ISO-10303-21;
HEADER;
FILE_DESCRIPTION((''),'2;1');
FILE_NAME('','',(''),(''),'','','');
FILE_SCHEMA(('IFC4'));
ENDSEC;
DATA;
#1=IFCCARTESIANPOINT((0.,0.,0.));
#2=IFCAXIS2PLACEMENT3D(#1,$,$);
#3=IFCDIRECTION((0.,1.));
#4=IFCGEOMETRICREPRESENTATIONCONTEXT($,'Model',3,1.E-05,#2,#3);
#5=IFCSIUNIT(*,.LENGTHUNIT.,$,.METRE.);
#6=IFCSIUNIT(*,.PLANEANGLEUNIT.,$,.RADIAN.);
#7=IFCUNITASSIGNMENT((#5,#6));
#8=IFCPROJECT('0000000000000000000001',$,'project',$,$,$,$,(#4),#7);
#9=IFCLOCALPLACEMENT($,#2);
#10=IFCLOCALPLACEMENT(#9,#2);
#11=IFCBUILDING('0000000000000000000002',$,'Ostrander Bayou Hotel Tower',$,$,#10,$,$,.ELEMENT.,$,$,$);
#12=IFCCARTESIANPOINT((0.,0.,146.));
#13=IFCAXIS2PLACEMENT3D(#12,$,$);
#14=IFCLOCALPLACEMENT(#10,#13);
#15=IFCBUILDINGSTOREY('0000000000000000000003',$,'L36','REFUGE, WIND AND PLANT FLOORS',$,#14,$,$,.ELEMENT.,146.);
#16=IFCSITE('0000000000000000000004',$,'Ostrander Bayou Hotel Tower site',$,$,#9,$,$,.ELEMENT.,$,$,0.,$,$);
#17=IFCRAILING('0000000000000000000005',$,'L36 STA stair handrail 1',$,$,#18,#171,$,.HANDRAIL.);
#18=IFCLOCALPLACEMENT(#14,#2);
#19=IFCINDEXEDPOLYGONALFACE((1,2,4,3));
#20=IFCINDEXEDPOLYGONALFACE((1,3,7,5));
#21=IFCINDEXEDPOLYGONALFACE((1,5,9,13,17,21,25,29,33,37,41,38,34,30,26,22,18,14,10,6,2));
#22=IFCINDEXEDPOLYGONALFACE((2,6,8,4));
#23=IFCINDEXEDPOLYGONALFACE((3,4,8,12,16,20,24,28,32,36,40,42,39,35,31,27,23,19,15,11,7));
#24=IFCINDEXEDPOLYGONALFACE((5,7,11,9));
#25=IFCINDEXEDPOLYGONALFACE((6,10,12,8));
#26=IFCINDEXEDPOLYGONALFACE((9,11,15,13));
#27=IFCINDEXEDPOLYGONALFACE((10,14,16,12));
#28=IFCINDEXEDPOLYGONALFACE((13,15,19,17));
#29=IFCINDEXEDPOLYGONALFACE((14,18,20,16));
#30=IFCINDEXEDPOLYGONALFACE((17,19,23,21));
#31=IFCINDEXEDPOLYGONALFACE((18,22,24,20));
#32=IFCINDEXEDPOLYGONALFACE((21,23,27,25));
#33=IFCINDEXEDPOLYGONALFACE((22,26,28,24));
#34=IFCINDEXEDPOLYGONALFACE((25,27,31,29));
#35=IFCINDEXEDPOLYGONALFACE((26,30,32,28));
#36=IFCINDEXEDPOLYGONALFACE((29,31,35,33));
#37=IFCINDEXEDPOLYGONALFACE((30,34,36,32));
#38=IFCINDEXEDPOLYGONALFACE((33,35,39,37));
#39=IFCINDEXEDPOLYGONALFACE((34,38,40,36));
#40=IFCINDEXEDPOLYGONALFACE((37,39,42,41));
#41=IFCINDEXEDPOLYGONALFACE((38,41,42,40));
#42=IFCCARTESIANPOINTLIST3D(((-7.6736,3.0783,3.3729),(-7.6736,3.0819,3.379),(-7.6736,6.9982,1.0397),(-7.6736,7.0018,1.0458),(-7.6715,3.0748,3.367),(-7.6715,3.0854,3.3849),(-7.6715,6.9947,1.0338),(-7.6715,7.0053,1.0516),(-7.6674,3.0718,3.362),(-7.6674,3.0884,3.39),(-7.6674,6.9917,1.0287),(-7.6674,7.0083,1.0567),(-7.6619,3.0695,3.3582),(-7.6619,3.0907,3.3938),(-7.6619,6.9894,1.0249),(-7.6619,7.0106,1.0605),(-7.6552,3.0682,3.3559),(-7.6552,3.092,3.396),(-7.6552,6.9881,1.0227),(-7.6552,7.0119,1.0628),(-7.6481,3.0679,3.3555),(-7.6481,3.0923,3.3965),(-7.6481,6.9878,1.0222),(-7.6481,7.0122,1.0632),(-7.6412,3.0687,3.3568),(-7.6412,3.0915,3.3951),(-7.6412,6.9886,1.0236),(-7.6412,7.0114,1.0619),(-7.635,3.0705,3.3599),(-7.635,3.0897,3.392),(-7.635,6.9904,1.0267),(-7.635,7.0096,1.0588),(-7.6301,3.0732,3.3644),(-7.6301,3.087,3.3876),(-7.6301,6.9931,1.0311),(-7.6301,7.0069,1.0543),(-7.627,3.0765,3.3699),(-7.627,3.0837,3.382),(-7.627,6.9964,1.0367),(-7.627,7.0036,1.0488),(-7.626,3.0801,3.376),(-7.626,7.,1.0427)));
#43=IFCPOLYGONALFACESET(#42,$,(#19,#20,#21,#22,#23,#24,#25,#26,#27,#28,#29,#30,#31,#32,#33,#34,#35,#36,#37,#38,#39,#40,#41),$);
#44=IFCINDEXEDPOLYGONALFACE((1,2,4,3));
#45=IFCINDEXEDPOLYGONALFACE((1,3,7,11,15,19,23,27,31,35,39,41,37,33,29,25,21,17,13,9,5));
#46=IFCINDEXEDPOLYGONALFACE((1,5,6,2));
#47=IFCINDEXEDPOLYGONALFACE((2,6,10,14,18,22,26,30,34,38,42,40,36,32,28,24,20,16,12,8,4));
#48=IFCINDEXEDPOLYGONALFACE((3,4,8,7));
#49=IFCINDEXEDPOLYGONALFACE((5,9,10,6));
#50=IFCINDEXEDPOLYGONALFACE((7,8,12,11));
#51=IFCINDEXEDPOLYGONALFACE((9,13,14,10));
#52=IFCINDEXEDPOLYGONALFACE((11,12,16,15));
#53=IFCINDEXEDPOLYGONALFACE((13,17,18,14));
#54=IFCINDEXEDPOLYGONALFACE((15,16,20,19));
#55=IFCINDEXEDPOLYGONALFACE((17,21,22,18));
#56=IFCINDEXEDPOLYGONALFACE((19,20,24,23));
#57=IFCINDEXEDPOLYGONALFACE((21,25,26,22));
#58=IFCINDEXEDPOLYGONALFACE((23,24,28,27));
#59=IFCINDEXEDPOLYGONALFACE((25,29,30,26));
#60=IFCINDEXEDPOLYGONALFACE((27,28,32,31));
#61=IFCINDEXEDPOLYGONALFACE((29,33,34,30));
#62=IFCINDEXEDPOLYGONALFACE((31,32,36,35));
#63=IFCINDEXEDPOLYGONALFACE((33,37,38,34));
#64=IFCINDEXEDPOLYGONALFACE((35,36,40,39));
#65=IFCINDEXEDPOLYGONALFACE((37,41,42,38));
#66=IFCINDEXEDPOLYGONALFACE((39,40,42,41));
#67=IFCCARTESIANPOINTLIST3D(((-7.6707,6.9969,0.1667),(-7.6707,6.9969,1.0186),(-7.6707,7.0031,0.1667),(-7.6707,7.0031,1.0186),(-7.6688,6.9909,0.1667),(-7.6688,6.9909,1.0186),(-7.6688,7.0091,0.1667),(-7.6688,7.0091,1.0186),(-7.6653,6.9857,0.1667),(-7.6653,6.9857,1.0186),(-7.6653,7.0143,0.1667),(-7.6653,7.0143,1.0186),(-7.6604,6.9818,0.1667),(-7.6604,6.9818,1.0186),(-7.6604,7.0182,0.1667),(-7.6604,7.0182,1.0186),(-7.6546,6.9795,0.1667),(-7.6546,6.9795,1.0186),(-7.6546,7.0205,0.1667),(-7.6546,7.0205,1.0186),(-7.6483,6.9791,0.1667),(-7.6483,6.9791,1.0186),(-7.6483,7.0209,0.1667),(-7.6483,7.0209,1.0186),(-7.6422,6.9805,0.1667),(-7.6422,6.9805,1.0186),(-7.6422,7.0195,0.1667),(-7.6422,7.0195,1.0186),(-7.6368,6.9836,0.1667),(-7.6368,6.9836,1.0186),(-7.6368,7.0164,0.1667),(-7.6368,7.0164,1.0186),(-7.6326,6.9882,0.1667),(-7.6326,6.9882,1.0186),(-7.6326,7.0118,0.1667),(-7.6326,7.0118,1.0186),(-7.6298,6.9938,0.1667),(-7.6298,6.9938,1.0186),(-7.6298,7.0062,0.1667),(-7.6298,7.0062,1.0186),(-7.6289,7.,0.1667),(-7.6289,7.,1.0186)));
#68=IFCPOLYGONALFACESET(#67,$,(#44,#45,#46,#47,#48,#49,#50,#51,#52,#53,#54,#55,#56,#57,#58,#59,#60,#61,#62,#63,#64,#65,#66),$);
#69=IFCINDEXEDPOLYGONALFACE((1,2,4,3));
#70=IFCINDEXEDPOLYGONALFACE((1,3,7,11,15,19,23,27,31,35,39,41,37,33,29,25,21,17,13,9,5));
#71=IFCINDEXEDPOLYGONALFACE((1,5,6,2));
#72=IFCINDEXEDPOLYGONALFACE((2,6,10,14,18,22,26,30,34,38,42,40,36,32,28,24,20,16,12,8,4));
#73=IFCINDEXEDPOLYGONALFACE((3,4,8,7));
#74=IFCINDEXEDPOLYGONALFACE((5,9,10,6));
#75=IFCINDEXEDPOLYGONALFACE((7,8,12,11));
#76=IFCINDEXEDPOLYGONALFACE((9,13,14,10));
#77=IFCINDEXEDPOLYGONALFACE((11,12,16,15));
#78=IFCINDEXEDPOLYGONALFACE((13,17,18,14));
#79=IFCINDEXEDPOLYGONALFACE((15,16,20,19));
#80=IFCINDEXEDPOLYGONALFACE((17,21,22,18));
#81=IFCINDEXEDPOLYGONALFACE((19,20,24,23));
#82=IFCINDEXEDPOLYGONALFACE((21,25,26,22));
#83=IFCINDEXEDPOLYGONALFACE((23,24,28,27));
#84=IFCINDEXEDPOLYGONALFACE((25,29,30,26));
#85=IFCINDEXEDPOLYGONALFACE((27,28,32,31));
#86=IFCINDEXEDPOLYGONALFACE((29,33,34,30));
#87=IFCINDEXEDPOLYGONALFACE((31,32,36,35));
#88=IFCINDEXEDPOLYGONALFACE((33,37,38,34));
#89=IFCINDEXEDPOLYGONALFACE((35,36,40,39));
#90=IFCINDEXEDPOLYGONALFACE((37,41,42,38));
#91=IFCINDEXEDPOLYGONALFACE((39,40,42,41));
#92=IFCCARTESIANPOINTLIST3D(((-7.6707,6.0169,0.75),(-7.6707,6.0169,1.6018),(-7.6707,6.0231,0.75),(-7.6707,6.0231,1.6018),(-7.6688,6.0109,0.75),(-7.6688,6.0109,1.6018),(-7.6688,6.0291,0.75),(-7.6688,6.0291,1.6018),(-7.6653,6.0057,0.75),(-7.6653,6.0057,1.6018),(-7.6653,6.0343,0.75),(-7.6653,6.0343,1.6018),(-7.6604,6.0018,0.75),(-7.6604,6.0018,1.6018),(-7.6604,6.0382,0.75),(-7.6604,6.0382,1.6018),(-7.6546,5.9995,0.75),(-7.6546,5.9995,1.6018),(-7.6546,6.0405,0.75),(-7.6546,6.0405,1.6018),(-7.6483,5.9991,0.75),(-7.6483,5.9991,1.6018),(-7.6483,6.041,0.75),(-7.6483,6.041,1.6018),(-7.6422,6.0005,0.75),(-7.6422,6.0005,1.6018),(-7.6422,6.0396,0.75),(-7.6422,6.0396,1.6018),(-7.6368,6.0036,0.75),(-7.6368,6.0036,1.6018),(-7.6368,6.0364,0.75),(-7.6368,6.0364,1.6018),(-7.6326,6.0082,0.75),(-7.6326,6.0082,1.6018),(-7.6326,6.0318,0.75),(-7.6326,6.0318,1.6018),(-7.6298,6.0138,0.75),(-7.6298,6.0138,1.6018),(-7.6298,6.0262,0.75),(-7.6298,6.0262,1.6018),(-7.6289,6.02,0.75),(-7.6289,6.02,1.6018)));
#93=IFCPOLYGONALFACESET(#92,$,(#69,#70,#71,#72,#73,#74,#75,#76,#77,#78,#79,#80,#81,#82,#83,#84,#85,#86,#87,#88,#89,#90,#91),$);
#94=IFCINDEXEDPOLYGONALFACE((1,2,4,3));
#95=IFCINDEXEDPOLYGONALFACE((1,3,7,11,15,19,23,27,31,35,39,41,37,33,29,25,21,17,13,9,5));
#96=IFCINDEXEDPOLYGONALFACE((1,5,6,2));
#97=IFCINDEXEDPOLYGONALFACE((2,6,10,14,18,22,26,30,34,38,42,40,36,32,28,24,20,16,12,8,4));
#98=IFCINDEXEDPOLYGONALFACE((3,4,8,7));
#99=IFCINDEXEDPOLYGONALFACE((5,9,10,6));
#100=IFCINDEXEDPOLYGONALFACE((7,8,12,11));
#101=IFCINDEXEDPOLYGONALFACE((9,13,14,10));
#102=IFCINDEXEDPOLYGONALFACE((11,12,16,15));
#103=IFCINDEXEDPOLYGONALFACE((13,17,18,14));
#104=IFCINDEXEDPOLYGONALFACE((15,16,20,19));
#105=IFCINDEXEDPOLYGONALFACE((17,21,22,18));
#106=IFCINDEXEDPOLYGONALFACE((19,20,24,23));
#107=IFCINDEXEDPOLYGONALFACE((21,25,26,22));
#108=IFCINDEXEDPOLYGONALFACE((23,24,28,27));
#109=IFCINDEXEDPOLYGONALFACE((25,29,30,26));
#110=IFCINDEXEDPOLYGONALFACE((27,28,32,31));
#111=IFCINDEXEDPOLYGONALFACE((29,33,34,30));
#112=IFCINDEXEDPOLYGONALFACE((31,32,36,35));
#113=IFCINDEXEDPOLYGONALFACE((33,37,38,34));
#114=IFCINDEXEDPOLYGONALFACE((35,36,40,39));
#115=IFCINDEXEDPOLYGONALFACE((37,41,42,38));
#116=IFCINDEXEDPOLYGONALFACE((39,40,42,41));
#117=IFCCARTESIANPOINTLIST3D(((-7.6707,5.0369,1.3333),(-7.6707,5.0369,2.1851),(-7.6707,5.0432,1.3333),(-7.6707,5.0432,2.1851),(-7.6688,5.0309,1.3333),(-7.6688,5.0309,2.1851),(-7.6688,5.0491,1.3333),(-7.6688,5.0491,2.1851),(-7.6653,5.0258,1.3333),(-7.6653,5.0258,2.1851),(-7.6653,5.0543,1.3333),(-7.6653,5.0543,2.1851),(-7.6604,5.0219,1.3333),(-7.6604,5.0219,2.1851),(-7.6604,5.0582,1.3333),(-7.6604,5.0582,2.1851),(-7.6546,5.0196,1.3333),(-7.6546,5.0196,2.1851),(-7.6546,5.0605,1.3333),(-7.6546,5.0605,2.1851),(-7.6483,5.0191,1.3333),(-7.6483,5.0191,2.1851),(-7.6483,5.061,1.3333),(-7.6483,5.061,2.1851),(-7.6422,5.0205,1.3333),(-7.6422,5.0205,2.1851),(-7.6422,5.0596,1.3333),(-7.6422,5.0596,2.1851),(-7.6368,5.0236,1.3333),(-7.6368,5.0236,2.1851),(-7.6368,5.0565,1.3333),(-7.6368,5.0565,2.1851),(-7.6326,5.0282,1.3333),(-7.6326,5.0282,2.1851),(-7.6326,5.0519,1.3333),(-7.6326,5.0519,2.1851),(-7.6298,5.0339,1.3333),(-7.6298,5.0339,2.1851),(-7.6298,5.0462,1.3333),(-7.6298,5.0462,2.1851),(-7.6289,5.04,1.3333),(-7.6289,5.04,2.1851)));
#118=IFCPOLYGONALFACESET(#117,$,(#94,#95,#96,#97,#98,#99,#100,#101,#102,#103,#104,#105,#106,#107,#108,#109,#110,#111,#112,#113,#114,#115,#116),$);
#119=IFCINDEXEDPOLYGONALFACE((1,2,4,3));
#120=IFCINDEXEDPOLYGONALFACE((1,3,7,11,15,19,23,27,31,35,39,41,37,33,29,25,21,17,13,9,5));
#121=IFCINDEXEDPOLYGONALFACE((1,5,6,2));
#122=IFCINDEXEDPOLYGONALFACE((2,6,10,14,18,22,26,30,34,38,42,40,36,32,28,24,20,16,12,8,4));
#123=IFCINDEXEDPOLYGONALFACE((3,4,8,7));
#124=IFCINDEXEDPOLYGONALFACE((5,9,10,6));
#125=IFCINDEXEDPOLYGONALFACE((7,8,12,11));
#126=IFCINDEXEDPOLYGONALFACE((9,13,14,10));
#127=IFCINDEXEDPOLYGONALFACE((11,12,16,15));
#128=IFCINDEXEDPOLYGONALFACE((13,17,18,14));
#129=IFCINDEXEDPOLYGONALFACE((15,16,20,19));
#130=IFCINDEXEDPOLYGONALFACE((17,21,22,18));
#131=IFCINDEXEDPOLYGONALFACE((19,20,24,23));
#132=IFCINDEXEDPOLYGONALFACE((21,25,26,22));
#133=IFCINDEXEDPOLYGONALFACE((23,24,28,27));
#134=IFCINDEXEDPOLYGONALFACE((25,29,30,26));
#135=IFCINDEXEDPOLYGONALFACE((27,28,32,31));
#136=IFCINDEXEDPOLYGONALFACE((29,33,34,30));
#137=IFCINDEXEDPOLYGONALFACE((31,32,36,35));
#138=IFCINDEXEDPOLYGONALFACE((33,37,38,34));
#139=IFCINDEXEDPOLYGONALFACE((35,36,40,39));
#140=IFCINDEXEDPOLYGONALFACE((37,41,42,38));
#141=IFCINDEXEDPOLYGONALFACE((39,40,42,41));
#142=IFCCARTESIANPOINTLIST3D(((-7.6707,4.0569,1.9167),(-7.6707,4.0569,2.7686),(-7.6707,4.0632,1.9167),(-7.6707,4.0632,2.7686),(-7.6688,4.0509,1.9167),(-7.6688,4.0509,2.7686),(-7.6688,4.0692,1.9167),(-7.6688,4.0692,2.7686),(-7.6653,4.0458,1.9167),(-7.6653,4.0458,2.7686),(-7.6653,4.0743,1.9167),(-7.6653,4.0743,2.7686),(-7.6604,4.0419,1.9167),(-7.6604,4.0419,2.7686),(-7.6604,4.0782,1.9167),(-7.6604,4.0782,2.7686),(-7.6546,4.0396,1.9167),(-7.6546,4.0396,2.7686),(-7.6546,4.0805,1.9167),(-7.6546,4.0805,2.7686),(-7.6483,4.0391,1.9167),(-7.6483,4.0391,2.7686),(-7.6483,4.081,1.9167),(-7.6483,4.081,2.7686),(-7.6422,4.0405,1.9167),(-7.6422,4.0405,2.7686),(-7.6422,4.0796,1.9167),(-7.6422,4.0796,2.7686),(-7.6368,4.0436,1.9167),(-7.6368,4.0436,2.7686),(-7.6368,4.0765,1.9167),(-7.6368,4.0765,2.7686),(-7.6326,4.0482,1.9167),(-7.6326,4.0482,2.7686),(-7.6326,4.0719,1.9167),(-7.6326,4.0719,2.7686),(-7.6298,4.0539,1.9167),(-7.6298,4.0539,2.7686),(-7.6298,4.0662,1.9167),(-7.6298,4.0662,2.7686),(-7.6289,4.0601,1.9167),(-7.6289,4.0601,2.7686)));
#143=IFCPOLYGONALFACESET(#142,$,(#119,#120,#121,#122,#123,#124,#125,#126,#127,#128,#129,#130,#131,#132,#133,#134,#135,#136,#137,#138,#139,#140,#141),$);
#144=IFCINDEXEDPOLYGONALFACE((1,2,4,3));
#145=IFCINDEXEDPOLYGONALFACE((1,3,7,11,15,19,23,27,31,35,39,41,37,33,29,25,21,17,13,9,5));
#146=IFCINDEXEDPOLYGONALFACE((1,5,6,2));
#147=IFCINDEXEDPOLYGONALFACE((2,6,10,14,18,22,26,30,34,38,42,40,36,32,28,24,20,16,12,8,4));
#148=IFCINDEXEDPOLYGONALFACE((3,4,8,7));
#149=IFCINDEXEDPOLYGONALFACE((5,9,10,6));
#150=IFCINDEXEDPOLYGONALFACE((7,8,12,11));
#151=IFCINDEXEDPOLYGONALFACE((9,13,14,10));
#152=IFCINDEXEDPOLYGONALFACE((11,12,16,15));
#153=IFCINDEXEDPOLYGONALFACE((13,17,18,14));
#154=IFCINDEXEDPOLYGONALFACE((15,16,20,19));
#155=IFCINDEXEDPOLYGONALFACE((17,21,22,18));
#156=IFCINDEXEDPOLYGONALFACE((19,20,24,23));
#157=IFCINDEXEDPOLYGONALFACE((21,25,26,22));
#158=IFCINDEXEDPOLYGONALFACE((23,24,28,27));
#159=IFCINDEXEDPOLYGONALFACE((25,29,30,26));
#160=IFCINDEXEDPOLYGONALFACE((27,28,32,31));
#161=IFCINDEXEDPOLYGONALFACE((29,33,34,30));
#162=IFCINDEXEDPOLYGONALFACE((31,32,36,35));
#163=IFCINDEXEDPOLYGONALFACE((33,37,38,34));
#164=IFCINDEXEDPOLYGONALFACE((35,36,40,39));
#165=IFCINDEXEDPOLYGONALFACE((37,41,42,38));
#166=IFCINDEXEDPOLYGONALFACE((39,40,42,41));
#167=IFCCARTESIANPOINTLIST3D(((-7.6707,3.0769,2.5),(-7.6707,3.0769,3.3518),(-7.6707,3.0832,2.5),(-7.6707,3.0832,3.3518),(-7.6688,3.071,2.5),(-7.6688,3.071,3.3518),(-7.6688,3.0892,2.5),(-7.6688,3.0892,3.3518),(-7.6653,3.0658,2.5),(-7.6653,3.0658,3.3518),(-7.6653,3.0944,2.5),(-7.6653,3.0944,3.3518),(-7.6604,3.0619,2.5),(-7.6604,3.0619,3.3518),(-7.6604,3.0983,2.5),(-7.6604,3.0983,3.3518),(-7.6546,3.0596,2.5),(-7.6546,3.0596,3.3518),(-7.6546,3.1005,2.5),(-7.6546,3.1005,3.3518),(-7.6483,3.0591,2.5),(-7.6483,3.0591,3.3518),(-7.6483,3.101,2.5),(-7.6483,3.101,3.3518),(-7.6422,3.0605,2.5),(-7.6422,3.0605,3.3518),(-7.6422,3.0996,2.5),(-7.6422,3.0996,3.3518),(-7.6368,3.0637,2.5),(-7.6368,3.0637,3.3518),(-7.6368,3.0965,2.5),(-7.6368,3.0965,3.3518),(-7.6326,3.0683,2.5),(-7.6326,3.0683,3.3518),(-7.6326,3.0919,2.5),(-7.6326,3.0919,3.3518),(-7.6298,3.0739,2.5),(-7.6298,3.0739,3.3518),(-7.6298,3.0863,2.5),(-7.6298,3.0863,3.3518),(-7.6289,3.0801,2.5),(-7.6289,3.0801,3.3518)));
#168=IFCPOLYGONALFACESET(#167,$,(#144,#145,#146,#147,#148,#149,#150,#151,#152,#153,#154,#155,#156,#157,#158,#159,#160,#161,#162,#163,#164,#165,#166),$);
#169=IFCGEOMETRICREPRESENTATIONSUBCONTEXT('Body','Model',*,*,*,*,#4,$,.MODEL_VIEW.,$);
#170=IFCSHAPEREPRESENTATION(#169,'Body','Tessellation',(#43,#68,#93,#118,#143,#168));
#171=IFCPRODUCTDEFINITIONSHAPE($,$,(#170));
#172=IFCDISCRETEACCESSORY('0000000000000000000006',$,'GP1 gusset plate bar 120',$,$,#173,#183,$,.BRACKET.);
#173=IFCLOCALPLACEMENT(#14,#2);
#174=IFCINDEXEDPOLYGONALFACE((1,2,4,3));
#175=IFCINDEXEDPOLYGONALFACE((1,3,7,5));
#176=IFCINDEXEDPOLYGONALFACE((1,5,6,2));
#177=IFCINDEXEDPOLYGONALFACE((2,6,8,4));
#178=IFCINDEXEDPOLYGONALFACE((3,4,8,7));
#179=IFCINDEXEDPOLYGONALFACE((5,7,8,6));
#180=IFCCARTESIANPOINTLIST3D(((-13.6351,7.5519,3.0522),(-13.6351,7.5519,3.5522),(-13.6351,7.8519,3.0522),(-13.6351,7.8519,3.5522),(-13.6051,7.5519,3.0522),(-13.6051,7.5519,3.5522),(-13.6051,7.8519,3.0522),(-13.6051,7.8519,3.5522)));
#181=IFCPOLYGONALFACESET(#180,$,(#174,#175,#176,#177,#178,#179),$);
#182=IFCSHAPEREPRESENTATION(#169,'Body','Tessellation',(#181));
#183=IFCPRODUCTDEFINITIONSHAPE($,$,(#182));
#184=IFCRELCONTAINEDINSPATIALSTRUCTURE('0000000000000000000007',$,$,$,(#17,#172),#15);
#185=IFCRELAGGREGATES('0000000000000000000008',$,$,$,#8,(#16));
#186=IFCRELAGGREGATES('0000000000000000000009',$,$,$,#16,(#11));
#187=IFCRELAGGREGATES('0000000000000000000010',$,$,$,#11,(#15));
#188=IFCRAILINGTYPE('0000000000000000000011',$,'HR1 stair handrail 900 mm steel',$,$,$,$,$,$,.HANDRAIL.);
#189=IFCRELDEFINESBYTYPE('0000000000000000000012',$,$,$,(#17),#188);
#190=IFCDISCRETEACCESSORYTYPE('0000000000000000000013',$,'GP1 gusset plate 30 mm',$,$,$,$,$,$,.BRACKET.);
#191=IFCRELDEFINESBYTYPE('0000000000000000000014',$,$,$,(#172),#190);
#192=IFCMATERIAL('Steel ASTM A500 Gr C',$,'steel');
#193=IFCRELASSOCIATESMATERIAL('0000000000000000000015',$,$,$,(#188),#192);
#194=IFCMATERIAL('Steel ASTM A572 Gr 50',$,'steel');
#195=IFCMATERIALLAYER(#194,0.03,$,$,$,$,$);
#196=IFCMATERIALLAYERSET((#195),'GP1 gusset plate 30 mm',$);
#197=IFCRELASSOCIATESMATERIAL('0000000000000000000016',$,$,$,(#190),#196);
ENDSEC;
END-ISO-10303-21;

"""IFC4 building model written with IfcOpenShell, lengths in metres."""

from ifc_helpers import new_model, si_unit, direction, frame, origin, origin_2d, place, context, subcontext, project, spatial, rectangle, circle, extrude, material, layer, layer_set, type_object, element, save


model = new_model("IFC4")

# Units and contexts
model_context = context("Model", 3, precision=1e-05, world=origin(), true_north=direction((0.0, 1.0)))
body_context = subcontext(model_context, "Body", "Model", "MODEL_VIEW")
ifc_project = project(units=[si_unit("LENGTHUNIT", "METRE"), si_unit("PLANEANGLEUNIT", "RADIAN")], contexts=[model_context])

# Site, building, storey
site_placement = place(None, origin())
site = spatial("IfcSite", under=ifc_project, at=site_placement, Name="Ostrander Bayou Hotel Tower site", CompositionType="ELEMENT", RefElevation=0.0)
building_placement = place(site_placement, origin())
building = spatial("IfcBuilding", under=site, at=building_placement, Name="Ostrander Bayou Hotel Tower", CompositionType="ELEMENT")
storey_placement = place(building_placement, frame((0.0, 0.0, 146.0)))
storey = spatial("IfcBuildingStorey", under=building, at=storey_placement, Name="L36", Description="REFUGE, WIND AND PLANT FLOORS", CompositionType="ELEMENT", Elevation=146.0)

# Railing
ifc_material_1 = material(Name="Steel ASTM A500 Gr C", Category="steel")
railing_type = type_object("IfcRailingType", Name="HR1 stair handrail 900 mm steel", PredefinedType="HANDRAIL", material=ifc_material_1)
railing_placement = place(storey_placement, frame((-7.6499, 7.0, 0.1667)))
element("IfcRailing", 1, at=railing_placement, inside=storey, type_object=railing_type, Name="L36 STA stair handrail 1", PredefinedType="HANDRAIL", context=body_context, shape_type="SweptSolid", body=[
    extrude(circle(Radius=0.0239, at=origin_2d()), frame((0.0, 0.0, 0.876), z_axis=(0.0, -0.859296, 0.511478), x_axis=(1.0, 0.0, 0.0)), (0.0, 0.0, 1.0), 4.5618),
    extrude(circle(Radius=0.021, at=origin_2d()), origin(), (0.0, 0.0, 1.0), 0.8518),
    extrude(circle(Radius=0.021, at=origin_2d()), frame((0.0, -0.98, 0.5833)), (0.0, 0.0, 1.0), 0.8518),
    extrude(circle(Radius=0.021, at=origin_2d()), frame((0.0, -1.96, 1.1665)), (0.0, 0.0, 1.0), 0.8518),
    extrude(circle(Radius=0.021, at=origin_2d()), frame((0.0, -2.9399, 1.75)), (0.0, 0.0, 1.0), 0.8518),
    extrude(circle(Radius=0.021, at=origin_2d()), frame((0.0, -3.9199, 2.3333)), (0.0, 0.0, 1.0), 0.8518),
])

# Discrete accessory
ifc_material_2 = material(Name="Steel ASTM A572 Gr 50", Category="steel")
ifc_layer_1 = layer(ifc_material_2, 0.03)
ifc_layer_set_1 = layer_set([ifc_layer_1], Name="GP1 gusset plate 30 mm")
discrete_accessory_type = type_object("IfcDiscreteAccessoryType", Name="GP1 gusset plate 30 mm", PredefinedType="BRACKET", material=ifc_layer_set_1)
discrete_accessory_placement = place(storey_placement, frame((-13.6201, 7.7019, 3.0522), z_axis=(0.0, 0.0, 1.0), x_axis=(0.0, -1.0, 0.0)))
element("IfcDiscreteAccessory", 2, at=discrete_accessory_placement, inside=storey, type_object=discrete_accessory_type, Name="GP1 gusset plate bar 120", PredefinedType="BRACKET", context=body_context, shape_type="SweptSolid", body=[
    extrude(rectangle(XDim=0.3, YDim=0.03, at=origin_2d()), origin(), (0.0, 0.0, 1.0), 0.5),
])

save(model, "model.ifc")
